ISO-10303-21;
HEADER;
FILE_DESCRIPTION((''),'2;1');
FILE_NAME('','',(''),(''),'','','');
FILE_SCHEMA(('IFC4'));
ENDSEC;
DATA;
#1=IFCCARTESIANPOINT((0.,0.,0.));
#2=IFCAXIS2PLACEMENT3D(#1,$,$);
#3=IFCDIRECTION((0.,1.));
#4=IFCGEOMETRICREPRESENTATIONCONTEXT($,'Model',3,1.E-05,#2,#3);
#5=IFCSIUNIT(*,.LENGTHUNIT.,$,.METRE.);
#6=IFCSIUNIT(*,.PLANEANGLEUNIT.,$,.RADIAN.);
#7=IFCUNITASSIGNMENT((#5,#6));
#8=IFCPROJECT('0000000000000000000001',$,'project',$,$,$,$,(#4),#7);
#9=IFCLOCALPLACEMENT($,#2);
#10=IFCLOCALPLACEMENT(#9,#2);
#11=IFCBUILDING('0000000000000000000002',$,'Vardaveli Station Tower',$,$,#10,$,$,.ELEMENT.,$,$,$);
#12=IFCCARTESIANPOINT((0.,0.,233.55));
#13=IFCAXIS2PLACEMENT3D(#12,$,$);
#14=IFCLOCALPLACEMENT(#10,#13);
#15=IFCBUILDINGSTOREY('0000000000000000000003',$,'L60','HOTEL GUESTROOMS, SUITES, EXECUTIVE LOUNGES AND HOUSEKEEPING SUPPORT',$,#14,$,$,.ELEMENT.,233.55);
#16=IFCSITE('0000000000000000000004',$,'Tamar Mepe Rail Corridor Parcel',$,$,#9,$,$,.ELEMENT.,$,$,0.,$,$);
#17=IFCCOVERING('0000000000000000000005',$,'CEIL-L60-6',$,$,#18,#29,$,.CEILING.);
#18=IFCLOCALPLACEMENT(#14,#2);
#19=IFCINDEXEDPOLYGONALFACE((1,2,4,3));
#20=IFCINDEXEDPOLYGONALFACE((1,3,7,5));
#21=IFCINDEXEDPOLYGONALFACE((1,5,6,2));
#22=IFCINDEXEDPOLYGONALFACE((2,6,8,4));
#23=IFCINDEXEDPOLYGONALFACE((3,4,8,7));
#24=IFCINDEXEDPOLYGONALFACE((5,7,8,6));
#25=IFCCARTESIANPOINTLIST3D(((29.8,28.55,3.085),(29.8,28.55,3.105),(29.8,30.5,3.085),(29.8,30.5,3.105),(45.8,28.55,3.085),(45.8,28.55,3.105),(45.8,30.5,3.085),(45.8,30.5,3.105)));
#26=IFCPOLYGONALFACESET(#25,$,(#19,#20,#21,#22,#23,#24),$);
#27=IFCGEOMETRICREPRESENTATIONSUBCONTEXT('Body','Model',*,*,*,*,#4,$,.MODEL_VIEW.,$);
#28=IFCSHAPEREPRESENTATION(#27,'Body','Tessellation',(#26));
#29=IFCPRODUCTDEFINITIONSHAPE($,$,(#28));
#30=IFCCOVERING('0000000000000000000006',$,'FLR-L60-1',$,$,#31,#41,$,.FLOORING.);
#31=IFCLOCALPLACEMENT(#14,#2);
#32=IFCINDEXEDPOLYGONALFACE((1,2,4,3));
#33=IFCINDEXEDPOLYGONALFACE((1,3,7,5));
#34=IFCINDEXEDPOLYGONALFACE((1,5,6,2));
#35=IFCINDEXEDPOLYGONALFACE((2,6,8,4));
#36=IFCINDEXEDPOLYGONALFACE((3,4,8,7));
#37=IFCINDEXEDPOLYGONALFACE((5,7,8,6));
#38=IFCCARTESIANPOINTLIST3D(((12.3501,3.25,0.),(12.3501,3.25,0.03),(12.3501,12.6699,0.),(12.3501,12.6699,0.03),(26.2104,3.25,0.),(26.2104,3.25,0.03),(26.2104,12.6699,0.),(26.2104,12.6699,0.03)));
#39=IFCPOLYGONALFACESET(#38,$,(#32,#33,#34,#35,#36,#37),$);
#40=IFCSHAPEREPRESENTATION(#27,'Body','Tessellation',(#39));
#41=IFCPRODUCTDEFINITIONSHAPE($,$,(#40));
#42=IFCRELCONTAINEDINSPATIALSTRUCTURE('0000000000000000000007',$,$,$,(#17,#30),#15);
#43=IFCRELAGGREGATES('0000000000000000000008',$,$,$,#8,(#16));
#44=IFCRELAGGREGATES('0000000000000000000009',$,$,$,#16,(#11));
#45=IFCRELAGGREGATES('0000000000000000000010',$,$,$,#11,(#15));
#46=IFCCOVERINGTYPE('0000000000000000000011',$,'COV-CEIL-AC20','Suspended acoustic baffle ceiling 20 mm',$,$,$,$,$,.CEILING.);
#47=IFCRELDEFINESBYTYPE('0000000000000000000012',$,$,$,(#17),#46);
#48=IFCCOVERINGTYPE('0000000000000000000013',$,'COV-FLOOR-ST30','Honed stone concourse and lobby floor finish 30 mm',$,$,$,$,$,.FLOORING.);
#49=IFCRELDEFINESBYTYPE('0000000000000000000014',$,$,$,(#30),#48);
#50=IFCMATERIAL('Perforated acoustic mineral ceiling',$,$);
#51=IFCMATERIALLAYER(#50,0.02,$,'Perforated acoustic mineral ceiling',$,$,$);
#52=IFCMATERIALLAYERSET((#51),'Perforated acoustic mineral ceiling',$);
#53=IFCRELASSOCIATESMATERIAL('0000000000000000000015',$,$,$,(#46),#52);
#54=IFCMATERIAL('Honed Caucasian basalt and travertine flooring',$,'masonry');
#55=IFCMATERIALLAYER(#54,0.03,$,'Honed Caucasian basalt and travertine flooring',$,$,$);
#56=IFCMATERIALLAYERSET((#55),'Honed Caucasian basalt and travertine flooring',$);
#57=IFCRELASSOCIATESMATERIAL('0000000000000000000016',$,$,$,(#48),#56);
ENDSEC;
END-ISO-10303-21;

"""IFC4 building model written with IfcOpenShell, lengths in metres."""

from ifc_helpers import new_model, si_unit, direction, frame, origin, place, context, subcontext, project, spatial, polyline, outline, extrude, material, layer, layer_set, type_object, element, save


model = new_model("IFC4")

# Units and contexts
model_context = context("Model", 3, precision=1e-05, world=origin(), true_north=direction((0.0, 1.0)))
body_context = subcontext(model_context, "Body", "Model", "MODEL_VIEW")
ifc_project = project(units=[si_unit("LENGTHUNIT", "METRE"), si_unit("PLANEANGLEUNIT", "RADIAN")], contexts=[model_context])

# Site, building, storey
site_placement = place(None, origin())
site = spatial("IfcSite", under=ifc_project, at=site_placement, Name="Tamar Mepe Rail Corridor Parcel", CompositionType="ELEMENT", RefElevation=0.0)
building_placement = place(site_placement, origin())
building = spatial("IfcBuilding", under=site, at=building_placement, Name="Vardaveli Station Tower", CompositionType="ELEMENT")
storey_placement = place(building_placement, frame((0.0, 0.0, 233.55)))
storey = spatial("IfcBuildingStorey", under=building, at=storey_placement, Name="L60", Description="HOTEL GUESTROOMS, SUITES, EXECUTIVE LOUNGES AND HOUSEKEEPING SUPPORT", CompositionType="ELEMENT", Elevation=233.55)

# Coverings
ifc_material_1 = material(Name="Perforated acoustic mineral ceiling")
ifc_layer_1 = layer(ifc_material_1, 0.02, Name="Perforated acoustic mineral ceiling")
ifc_layer_set_1 = layer_set([ifc_layer_1], Name="Perforated acoustic mineral ceiling")
covering_type_1 = type_object("IfcCoveringType", Name="COV-CEIL-AC20", Description="Suspended acoustic baffle ceiling 20 mm", PredefinedType="CEILING", material=ifc_layer_set_1)
covering_1_placement = place(storey_placement, frame((0.0, 0.0, 3.085)))
element("IfcCovering", 1, at=covering_1_placement, inside=storey, type_object=covering_type_1, Name="CEIL-L60-6", PredefinedType="CEILING", context=body_context, shape_type="SweptSolid", body=[
    extrude(outline(polyline([(29.8, 28.55), (45.8, 28.55), (45.8, 30.5), (29.8, 30.5), (29.8, 28.55)])), origin(), (0.0, 0.0, 1.0), 0.02),
])
ifc_material_2 = material(Name="Honed Caucasian basalt and travertine flooring", Category="masonry")
ifc_layer_2 = layer(ifc_material_2, 0.03, Name="Honed Caucasian basalt and travertine flooring")
ifc_layer_set_2 = layer_set([ifc_layer_2], Name="Honed Caucasian basalt and travertine flooring")
covering_type_2 = type_object("IfcCoveringType", Name="COV-FLOOR-ST30", Description="Honed stone concourse and lobby floor finish 30 mm", PredefinedType="FLOORING", material=ifc_layer_set_2)
covering_2_placement = place(storey_placement, origin())
element("IfcCovering", 2, at=covering_2_placement, inside=storey, type_object=covering_type_2, Name="FLR-L60-1", PredefinedType="FLOORING", context=body_context, shape_type="SweptSolid", body=[
    extrude(outline(polyline([(12.3501, 3.25), (26.2104, 3.25), (26.2104, 12.6699), (12.3501, 12.6699), (12.3501, 3.25)])), origin(), (0.0, 0.0, 1.0), 0.03),
])

save(model, "model.ifc")
